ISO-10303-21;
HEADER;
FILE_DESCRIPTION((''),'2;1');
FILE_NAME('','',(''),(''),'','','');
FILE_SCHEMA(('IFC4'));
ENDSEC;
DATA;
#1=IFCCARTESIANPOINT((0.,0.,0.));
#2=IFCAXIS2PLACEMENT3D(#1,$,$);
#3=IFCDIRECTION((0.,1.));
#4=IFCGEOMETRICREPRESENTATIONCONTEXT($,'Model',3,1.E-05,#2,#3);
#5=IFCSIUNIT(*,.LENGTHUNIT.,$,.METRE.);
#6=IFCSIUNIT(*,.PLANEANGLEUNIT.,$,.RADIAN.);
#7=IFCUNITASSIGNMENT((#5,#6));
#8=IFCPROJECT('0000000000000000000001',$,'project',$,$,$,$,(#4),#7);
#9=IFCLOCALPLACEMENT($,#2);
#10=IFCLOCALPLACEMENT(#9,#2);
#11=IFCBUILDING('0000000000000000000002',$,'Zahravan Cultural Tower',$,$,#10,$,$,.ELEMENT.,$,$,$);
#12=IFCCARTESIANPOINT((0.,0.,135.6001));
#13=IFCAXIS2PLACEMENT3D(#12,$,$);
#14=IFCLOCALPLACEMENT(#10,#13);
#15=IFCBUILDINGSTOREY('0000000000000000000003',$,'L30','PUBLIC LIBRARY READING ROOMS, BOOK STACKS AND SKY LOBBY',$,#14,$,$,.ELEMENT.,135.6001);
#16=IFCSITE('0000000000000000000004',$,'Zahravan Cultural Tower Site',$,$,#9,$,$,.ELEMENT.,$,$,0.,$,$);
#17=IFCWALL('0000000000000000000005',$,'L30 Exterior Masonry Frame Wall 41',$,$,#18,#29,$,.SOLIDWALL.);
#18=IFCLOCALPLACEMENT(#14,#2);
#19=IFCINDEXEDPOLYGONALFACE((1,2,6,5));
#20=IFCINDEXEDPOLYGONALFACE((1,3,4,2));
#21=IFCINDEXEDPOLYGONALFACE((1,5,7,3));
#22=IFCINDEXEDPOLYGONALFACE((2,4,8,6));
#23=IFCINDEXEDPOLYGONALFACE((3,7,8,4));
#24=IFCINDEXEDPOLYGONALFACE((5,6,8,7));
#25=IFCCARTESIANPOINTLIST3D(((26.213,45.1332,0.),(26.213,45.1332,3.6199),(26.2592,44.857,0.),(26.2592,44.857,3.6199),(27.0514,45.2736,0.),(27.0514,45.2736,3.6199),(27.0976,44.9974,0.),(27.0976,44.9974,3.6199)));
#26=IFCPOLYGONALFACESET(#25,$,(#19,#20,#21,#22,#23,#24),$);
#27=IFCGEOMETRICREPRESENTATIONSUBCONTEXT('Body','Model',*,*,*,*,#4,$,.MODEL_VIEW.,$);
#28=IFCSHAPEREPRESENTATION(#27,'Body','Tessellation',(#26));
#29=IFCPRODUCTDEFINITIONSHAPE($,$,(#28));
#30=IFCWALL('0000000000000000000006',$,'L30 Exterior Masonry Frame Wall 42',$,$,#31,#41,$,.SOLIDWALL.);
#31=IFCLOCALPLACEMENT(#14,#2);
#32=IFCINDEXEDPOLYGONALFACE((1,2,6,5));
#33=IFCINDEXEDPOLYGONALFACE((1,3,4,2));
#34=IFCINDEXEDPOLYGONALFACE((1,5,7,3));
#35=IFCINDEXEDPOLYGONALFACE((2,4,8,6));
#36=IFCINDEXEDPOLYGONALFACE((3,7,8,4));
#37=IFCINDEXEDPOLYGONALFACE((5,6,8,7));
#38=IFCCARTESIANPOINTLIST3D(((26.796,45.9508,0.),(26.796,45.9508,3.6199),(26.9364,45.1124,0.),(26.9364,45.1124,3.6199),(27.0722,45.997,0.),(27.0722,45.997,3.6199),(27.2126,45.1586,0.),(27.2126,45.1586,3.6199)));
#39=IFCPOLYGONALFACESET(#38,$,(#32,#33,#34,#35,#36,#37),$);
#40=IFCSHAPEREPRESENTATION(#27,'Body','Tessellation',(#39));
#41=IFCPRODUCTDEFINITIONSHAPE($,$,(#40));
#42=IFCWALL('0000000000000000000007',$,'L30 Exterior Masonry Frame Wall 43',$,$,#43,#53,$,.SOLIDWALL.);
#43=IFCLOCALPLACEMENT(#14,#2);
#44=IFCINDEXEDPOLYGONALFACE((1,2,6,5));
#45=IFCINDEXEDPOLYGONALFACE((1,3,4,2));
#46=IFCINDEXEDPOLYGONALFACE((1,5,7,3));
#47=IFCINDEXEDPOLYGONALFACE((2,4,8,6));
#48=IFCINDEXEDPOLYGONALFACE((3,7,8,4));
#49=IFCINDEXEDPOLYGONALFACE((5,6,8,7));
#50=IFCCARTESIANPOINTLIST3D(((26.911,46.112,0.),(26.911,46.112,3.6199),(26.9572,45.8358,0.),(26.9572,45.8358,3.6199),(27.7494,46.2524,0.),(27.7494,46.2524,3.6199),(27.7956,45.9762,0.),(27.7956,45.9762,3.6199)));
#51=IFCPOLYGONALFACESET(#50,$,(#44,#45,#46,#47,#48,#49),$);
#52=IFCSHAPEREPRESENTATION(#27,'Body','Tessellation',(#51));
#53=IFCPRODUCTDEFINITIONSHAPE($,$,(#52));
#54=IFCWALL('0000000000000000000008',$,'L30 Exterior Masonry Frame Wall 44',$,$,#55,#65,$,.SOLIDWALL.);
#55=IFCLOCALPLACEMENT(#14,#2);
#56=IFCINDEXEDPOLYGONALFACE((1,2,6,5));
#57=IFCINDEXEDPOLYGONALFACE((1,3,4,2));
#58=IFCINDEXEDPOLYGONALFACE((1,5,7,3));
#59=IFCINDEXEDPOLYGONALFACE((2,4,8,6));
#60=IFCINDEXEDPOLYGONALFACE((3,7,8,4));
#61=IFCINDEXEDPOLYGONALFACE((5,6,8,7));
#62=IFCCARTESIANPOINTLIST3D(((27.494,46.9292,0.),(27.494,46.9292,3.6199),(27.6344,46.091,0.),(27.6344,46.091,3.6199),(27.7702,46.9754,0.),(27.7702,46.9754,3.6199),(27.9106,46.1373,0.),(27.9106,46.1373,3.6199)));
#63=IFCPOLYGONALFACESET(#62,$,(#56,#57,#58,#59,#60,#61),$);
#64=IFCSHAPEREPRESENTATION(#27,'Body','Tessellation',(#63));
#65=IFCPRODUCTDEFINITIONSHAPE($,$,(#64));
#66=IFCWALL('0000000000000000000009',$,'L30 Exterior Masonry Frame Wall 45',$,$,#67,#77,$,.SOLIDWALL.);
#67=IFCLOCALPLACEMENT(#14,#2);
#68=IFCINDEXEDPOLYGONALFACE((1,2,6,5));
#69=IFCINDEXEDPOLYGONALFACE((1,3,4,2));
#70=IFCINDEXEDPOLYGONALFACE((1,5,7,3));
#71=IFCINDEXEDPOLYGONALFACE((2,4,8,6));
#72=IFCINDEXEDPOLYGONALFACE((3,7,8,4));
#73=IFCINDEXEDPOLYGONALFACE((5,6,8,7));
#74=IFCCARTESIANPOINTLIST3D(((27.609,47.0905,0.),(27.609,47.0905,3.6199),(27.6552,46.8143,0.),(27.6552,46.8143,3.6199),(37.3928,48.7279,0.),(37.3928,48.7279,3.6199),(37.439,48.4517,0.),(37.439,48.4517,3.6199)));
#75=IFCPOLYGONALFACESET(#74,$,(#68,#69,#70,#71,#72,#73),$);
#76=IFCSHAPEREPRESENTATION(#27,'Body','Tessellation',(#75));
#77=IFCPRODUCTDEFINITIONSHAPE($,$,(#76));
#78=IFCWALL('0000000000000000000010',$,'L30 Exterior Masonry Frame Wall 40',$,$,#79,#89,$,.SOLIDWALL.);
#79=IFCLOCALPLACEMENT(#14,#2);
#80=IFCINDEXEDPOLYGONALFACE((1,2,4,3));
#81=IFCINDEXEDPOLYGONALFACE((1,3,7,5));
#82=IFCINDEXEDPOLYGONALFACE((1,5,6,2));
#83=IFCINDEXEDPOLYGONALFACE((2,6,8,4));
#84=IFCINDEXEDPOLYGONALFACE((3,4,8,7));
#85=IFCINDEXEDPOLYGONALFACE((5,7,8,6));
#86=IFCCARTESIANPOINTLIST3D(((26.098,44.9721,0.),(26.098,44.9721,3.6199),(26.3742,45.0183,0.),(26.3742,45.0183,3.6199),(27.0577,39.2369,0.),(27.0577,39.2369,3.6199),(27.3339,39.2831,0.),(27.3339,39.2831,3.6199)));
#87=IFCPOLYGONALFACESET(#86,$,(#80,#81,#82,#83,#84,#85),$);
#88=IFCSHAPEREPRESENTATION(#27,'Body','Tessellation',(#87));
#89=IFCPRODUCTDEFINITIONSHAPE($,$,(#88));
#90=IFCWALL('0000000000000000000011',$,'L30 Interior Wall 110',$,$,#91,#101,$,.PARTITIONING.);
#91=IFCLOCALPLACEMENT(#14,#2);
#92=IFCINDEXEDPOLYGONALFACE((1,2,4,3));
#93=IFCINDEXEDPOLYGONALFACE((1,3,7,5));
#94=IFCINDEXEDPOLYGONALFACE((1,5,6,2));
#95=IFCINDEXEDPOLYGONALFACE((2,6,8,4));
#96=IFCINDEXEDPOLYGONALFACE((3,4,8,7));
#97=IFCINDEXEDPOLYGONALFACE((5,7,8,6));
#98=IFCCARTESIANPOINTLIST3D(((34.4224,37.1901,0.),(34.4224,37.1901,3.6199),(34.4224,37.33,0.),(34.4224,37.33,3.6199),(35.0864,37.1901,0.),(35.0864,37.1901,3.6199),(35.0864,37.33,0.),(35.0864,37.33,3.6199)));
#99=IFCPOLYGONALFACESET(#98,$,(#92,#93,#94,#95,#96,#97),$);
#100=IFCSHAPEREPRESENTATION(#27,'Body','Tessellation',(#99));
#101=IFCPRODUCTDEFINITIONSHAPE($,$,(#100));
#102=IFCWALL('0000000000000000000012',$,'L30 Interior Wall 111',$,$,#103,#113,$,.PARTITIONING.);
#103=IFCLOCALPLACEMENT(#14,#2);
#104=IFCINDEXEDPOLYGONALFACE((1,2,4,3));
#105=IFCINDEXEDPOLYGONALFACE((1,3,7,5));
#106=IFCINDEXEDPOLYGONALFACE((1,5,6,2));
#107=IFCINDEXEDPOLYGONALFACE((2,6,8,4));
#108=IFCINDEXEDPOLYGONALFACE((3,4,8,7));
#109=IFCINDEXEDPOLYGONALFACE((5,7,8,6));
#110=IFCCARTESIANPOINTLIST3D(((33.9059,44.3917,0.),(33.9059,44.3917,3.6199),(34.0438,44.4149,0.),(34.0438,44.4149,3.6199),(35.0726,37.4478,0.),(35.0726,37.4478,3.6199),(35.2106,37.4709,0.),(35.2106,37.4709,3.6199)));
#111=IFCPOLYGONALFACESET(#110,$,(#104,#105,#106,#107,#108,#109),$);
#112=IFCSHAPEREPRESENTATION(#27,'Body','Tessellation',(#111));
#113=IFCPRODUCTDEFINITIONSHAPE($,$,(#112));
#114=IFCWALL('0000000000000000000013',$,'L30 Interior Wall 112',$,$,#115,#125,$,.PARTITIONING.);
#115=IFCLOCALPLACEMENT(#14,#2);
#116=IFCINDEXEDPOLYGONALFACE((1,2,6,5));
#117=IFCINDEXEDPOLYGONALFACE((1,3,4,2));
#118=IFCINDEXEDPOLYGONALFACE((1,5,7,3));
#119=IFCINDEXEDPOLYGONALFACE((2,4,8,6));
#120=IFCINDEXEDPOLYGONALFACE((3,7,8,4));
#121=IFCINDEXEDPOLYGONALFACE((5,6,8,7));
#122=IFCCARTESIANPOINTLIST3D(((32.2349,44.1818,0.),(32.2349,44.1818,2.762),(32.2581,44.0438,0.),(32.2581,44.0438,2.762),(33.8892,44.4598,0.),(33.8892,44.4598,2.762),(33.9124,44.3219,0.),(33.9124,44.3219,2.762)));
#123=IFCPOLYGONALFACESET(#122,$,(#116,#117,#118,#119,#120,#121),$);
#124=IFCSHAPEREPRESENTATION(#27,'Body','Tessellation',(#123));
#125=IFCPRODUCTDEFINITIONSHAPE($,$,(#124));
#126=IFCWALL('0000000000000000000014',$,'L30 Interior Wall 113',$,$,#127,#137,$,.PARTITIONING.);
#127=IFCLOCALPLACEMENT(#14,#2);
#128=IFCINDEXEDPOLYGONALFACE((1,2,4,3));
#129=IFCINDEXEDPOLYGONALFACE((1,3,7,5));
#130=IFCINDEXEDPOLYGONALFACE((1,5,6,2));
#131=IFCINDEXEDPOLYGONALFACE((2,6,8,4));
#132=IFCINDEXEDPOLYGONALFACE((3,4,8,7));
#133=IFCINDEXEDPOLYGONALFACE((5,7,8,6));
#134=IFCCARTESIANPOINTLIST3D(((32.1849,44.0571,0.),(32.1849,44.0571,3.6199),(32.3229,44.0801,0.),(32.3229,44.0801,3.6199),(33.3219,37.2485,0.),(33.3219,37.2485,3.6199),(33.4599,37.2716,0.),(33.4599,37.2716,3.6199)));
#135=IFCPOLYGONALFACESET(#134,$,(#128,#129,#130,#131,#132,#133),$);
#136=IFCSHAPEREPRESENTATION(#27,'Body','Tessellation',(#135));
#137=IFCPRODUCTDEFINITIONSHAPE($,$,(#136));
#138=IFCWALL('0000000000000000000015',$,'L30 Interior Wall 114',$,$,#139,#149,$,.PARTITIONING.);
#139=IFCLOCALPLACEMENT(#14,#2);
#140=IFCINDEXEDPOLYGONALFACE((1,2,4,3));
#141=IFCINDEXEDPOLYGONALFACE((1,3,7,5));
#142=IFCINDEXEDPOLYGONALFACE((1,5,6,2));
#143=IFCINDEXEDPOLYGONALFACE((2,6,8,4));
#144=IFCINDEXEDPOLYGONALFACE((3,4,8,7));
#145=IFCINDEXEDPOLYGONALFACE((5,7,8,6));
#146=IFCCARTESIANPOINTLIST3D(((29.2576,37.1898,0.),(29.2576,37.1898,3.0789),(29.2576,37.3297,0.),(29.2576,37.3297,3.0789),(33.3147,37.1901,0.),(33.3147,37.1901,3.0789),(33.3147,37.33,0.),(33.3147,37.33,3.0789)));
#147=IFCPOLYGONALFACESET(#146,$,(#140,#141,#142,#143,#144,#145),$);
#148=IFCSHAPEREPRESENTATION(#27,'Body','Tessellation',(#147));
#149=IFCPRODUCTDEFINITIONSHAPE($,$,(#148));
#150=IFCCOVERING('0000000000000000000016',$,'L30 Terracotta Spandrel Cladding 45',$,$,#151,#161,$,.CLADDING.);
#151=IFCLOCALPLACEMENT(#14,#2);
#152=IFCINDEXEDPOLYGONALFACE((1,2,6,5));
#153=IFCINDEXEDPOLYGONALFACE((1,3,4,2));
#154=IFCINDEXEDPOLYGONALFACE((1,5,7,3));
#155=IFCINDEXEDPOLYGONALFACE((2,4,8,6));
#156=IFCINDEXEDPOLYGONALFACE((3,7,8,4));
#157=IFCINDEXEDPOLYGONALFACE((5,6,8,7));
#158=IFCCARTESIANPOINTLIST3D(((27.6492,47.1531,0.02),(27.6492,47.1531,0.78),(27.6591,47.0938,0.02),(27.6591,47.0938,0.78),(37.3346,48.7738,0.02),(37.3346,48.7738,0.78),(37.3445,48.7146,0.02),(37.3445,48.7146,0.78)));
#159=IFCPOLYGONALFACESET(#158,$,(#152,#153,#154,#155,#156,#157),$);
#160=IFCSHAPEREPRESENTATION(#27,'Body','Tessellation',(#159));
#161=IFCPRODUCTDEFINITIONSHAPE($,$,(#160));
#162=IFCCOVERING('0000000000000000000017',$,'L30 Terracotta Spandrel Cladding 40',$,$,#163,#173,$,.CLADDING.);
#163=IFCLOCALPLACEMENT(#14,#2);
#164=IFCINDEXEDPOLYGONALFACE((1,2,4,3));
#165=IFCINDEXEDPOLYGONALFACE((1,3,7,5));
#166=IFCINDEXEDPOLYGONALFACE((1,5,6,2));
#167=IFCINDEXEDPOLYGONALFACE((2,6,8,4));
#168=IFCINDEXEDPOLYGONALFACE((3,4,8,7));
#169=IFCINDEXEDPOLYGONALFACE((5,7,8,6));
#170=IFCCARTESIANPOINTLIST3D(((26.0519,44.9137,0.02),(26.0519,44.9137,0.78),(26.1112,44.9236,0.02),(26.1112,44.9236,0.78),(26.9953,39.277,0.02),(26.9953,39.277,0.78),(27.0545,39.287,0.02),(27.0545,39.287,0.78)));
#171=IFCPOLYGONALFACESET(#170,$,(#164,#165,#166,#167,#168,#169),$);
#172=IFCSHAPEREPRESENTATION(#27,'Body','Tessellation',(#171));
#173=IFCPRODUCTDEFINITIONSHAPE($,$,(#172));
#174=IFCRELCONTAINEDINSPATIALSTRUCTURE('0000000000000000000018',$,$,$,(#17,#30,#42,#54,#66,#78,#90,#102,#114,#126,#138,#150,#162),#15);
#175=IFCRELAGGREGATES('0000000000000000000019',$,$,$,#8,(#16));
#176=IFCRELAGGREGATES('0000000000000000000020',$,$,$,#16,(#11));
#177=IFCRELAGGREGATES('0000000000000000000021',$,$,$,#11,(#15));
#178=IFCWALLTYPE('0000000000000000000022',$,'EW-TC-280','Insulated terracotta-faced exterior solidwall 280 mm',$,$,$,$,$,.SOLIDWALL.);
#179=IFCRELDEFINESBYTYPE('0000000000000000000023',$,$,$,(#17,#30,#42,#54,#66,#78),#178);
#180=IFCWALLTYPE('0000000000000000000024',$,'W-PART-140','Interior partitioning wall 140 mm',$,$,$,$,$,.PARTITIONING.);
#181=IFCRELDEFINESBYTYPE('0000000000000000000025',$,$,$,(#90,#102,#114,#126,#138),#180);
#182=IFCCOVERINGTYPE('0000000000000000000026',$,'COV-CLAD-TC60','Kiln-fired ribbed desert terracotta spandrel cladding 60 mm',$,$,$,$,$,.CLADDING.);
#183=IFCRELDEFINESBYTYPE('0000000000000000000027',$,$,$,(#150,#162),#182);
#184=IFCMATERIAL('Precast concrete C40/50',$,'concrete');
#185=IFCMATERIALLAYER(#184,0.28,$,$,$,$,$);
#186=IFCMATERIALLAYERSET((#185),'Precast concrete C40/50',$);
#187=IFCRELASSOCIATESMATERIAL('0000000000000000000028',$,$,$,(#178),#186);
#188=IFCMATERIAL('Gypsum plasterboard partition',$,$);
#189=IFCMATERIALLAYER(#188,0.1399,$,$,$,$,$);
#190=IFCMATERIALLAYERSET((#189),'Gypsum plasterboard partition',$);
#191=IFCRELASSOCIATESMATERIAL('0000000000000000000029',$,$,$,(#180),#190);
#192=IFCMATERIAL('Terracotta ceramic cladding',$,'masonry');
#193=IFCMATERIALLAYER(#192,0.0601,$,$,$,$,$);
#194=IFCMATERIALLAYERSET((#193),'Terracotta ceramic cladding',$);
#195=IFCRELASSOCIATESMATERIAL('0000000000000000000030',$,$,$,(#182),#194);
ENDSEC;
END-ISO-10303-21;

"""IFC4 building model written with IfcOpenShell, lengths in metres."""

from ifc_helpers import new_model, si_unit, direction, frame, frame_2d, origin, origin_2d, place, context, subcontext, project, spatial, rectangle, extrude, source, transform, mapped, material, layer, layer_set, type_object, element, save


model = new_model("IFC4")

# Units and contexts
model_context = context("Model", 3, precision=1e-05, world=origin(), true_north=direction((0.0, 1.0)))
body_context = subcontext(model_context, "Body", "Model", "MODEL_VIEW")
ifc_project = project(units=[si_unit("LENGTHUNIT", "METRE"), si_unit("PLANEANGLEUNIT", "RADIAN")], contexts=[model_context])

# Site, building, storey
site_placement = place(None, origin())
site = spatial("IfcSite", under=ifc_project, at=site_placement, Name="Zahravan Cultural Tower Site", CompositionType="ELEMENT", RefElevation=0.0)
building_placement = place(site_placement, origin())
building = spatial("IfcBuilding", under=site, at=building_placement, Name="Zahravan Cultural Tower", CompositionType="ELEMENT")
storey_placement = place(building_placement, frame((0.0, 0.0, 135.6001)))
storey = spatial("IfcBuildingStorey", under=building, at=storey_placement, Name="L30", Description="PUBLIC LIBRARY READING ROOMS, BOOK STACKS AND SKY LOBBY", CompositionType="ELEMENT", Elevation=135.6001)

# Walls
ifc_material_1 = material(Name="Precast concrete C40/50", Category="concrete")
ifc_layer_1 = layer(ifc_material_1, 0.28)
ifc_layer_set_1 = layer_set([ifc_layer_1], Name="Precast concrete C40/50")
wall_type_1 = type_object("IfcWallType", Name="EW-TC-280", Description="Insulated terracotta-faced exterior solidwall 280 mm", PredefinedType="SOLIDWALL", material=ifc_layer_set_1)
shared_shape_1 = source(origin(), body_context, "Body", "SweptSolid", [
    extrude(rectangle(XDim=0.8501, YDim=0.28, at=frame_2d((0.425, 0.0))), origin(), (0.0, 0.0, 1.0), 3.6199),
])
for number, where, z_axis, x_axis, name in (
    (1, (26.2361, 44.9951, 0.0), (0.0, 0.0, 1.0), (0.986269, 0.165144, 0.0), "L30 Exterior Masonry Frame Wall 41"),
    (2, (27.0745, 45.1355, 0.0), (0.0, 0.0, 1.0), (-0.165144, 0.986269, 0.0), "L30 Exterior Masonry Frame Wall 42"),
    (3, (26.9341, 45.9739, 0.0), (0.0, 0.0, 1.0), (0.986269, 0.165144, 0.0), "L30 Exterior Masonry Frame Wall 43"),
):
    element("IfcWall", number, at=place(storey_placement, frame(where, z_axis=z_axis, x_axis=x_axis)), inside=storey, type_object=wall_type_1, Name=name, PredefinedType="SOLIDWALL", context=body_context, shape_type="MappedRepresentation", body=[
        mapped(shared_shape_1, transform((0.0, 0.0, 0.0), x_axis=(1.0, 0.0, 0.0), y_axis=(0.0, 1.0, 0.0), z_axis=(0.0, 0.0, 1.0), scale=1.0)),
    ])
shared_shape_2 = source(origin(), body_context, "Body", "SweptSolid", [
    extrude(rectangle(XDim=0.8499, YDim=0.28, at=frame_2d((0.4248, 0.0))), origin(), (0.0, 0.0, 1.0), 3.6199),
])
wall_1_placement = place(storey_placement, frame((27.7725, 46.1143, 0.0), z_axis=(0.0, 0.0, 1.0), x_axis=(-0.165191, 0.986262, 0.0)))
element("IfcWall", 4, at=wall_1_placement, inside=storey, type_object=wall_type_1, Name="L30 Exterior Masonry Frame Wall 44", PredefinedType="SOLIDWALL", context=body_context, shape_type="MappedRepresentation", body=[
    mapped(shared_shape_2, transform((0.0, 0.0, 0.0), x_axis=(1.0, 0.0, 0.0), y_axis=(0.0, 1.0, 0.0), z_axis=(0.0, 0.0, 1.0), scale=1.0)),
])
shared_shape_3 = source(origin(), body_context, "Body", "SweptSolid", [
    extrude(rectangle(XDim=9.9199, YDim=0.28, at=frame_2d((4.96, 0.0))), origin(), (0.0, 0.0, 1.0), 3.6199),
])
wall_2_placement = place(storey_placement, frame((27.6321, 46.9524, 0.0), z_axis=(0.0, 0.0, 1.0), x_axis=(0.986283, 0.165065, 0.0)))
element("IfcWall", 5, at=wall_2_placement, inside=storey, type_object=wall_type_1, Name="L30 Exterior Masonry Frame Wall 45", PredefinedType="SOLIDWALL", context=body_context, shape_type="MappedRepresentation", body=[
    mapped(shared_shape_3, transform((0.0, 0.0, 0.0), x_axis=(1.0, 0.0, 0.0), y_axis=(0.0, 1.0, 0.0), z_axis=(0.0, 0.0, 1.0), scale=1.0)),
])
shared_shape_4 = source(origin(), body_context, "Body", "SweptSolid", [
    extrude(rectangle(XDim=5.8149, YDim=0.28, at=frame_2d((2.9075, 0.0))), origin(), (0.0, 0.0, 1.0), 3.6199),
])
wall_3_placement = place(storey_placement, frame((27.1958, 39.26, 0.0), z_axis=(0.0, 0.0, 1.0), x_axis=(-0.165046, 0.986286, 0.0)))
element("IfcWall", 6, at=wall_3_placement, inside=storey, type_object=wall_type_1, Name="L30 Exterior Masonry Frame Wall 40", PredefinedType="SOLIDWALL", context=body_context, shape_type="MappedRepresentation", body=[
    mapped(shared_shape_4, transform((0.0, 0.0, 0.0), x_axis=(1.0, 0.0, 0.0), y_axis=(0.0, 1.0, 0.0), z_axis=(0.0, 0.0, 1.0), scale=1.0)),
])
ifc_material_2 = material(Name="Gypsum plasterboard partition")
ifc_layer_2 = layer(ifc_material_2, 0.1399)
ifc_layer_set_2 = layer_set([ifc_layer_2], Name="Gypsum plasterboard partition")
wall_type_2 = type_object("IfcWallType", Name="W-PART-140", Description="Interior partitioning wall 140 mm", PredefinedType="PARTITIONING", material=ifc_layer_set_2)
shared_shape_5 = source(origin(), body_context, "Body", "SweptSolid", [
    extrude(rectangle(XDim=0.6641, YDim=0.1399, at=frame_2d((0.332, 0.0))), origin(), (0.0, 0.0, 1.0), 3.6199),
])
wall_4_placement = place(storey_placement, frame((35.0864, 37.26, 0.0), z_axis=(0.0, 0.0, 1.0), x_axis=(-1.0, 0.0, 0.0)))
element("IfcWall", 7, at=wall_4_placement, inside=storey, type_object=wall_type_2, Name="L30 Interior Wall 110", PredefinedType="PARTITIONING", context=body_context, shape_type="MappedRepresentation", body=[
    mapped(shared_shape_5, transform((0.0, 0.0, 0.0), x_axis=(1.0, 0.0, 0.0), y_axis=(0.0, 1.0, 0.0), z_axis=(0.0, 0.0, 1.0), scale=1.0)),
])
shared_shape_6 = source(origin(), body_context, "Body", "SweptSolid", [
    extrude(rectangle(XDim=7.0413, YDim=0.1399, at=frame_2d((3.5205, 0.0))), origin(), (0.0, 0.0, 1.0), 3.6199),
])
wall_5_placement = place(storey_placement, frame((35.1416, 37.4595, 0.0), z_axis=(0.0, 0.0, 1.0), x_axis=(-0.165703, 0.986176, 0.0)))
element("IfcWall", 8, at=wall_5_placement, inside=storey, type_object=wall_type_2, Name="L30 Interior Wall 111", PredefinedType="PARTITIONING", context=body_context, shape_type="MappedRepresentation", body=[
    mapped(shared_shape_6, transform((0.0, 0.0, 0.0), x_axis=(1.0, 0.0, 0.0), y_axis=(0.0, 1.0, 0.0), z_axis=(0.0, 0.0, 1.0), scale=1.0)),
])
shared_shape_7 = source(origin(), body_context, "Body", "SweptSolid", [
    extrude(rectangle(XDim=1.6775, YDim=0.1399, at=frame_2d((0.8389, 0.0))), origin(), (0.0, 0.0, 1.0), 2.762),
])
wall_6_placement = place(storey_placement, frame((33.9009, 44.3909, 0.0), z_axis=(0.0, 0.0, 1.0), x_axis=(-0.986165, -0.165768, 0.0)))
element("IfcWall", 9, at=wall_6_placement, inside=storey, type_object=wall_type_2, Name="L30 Interior Wall 112", PredefinedType="PARTITIONING", context=body_context, shape_type="MappedRepresentation", body=[
    mapped(shared_shape_7, transform((0.0, 0.0, 0.0), x_axis=(1.0, 0.0, 0.0), y_axis=(0.0, 1.0, 0.0), z_axis=(0.0, 0.0, 1.0), scale=1.0)),
])
shared_shape_8 = source(origin(), body_context, "Body", "SweptSolid", [
    extrude(rectangle(XDim=6.9028, YDim=0.1399, at=frame_2d((3.4514, 0.0))), origin(), (0.0, 0.0, 1.0), 3.6199),
])
wall_7_placement = place(storey_placement, frame((32.2539, 44.0686, 0.0), z_axis=(0.0, 0.0, 1.0), x_axis=(0.164709, -0.986342, 0.0)))
element("IfcWall", 10, at=wall_7_placement, inside=storey, type_object=wall_type_2, Name="L30 Interior Wall 113", PredefinedType="PARTITIONING", context=body_context, shape_type="MappedRepresentation", body=[
    mapped(shared_shape_8, transform((0.0, 0.0, 0.0), x_axis=(1.0, 0.0, 0.0), y_axis=(0.0, 1.0, 0.0), z_axis=(0.0, 0.0, 1.0), scale=1.0)),
])
shared_shape_9 = source(origin(), body_context, "Body", "SweptSolid", [
    extrude(rectangle(XDim=4.0571, YDim=0.1399, at=frame_2d((2.0286, 0.0))), origin(), (0.0, 0.0, 1.0), 3.0789),
])
wall_8_placement = place(storey_placement, frame((33.3147, 37.26, 0.0), z_axis=(0.0, 0.0, 1.0), x_axis=(-1.0, -0.00006, 0.0)))
element("IfcWall", 11, at=wall_8_placement, inside=storey, type_object=wall_type_2, Name="L30 Interior Wall 114", PredefinedType="PARTITIONING", context=body_context, shape_type="MappedRepresentation", body=[
    mapped(shared_shape_9, transform((0.0, 0.0, 0.0), x_axis=(1.0, 0.0, 0.0), y_axis=(0.0, 1.0, 0.0), z_axis=(0.0, 0.0, 1.0), scale=1.0)),
])

# Coverings
ifc_material_3 = material(Name="Terracotta ceramic cladding", Category="masonry")
ifc_layer_3 = layer(ifc_material_3, 0.0601)
ifc_layer_set_3 = layer_set([ifc_layer_3], Name="Terracotta ceramic cladding")
covering_type = type_object("IfcCoveringType", Name="COV-CLAD-TC60", Description="Kiln-fired ribbed desert terracotta spandrel cladding 60 mm", PredefinedType="CLADDING", material=ifc_layer_set_3)
shared_shape_10 = source(origin(), body_context, "Body", "SweptSolid", [
    extrude(rectangle(XDim=9.8201, YDim=0.0601, at=origin_2d()), origin(), (0.0, 0.0, 1.0), 0.76),
])
covering_1_placement = place(storey_placement, frame((32.4968, 47.9338, 0.02), z_axis=(0.0, 0.0, 1.0), x_axis=(0.986286, 0.165048, 0.0)))
element("IfcCovering", 12, at=covering_1_placement, inside=storey, type_object=covering_type, Name="L30 Terracotta Spandrel Cladding 45", PredefinedType="CLADDING", context=body_context, shape_type="MappedRepresentation", body=[
    mapped(shared_shape_10, transform((0.0, 0.0, 0.0), x_axis=(1.0, 0.0, 0.0), y_axis=(0.0, 1.0, 0.0), z_axis=(0.0, 0.0, 1.0), scale=1.0)),
])
shared_shape_11 = source(origin(), body_context, "Body", "SweptSolid", [
    extrude(rectangle(XDim=5.7151, YDim=0.0601, at=origin_2d()), origin(), (0.0, 0.0, 1.0), 0.76),
])
covering_2_placement = place(storey_placement, frame((26.5532, 42.1003, 0.02), z_axis=(0.0, 0.0, 1.0), x_axis=(-0.165065, 0.986283, 0.0)))
element("IfcCovering", 13, at=covering_2_placement, inside=storey, type_object=covering_type, Name="L30 Terracotta Spandrel Cladding 40", PredefinedType="CLADDING", context=body_context, shape_type="MappedRepresentation", body=[
    mapped(shared_shape_11, transform((0.0, 0.0, 0.0), x_axis=(1.0, 0.0, 0.0), y_axis=(0.0, 1.0, 0.0), z_axis=(0.0, 0.0, 1.0), scale=1.0)),
])

save(model, "model.ifc")
